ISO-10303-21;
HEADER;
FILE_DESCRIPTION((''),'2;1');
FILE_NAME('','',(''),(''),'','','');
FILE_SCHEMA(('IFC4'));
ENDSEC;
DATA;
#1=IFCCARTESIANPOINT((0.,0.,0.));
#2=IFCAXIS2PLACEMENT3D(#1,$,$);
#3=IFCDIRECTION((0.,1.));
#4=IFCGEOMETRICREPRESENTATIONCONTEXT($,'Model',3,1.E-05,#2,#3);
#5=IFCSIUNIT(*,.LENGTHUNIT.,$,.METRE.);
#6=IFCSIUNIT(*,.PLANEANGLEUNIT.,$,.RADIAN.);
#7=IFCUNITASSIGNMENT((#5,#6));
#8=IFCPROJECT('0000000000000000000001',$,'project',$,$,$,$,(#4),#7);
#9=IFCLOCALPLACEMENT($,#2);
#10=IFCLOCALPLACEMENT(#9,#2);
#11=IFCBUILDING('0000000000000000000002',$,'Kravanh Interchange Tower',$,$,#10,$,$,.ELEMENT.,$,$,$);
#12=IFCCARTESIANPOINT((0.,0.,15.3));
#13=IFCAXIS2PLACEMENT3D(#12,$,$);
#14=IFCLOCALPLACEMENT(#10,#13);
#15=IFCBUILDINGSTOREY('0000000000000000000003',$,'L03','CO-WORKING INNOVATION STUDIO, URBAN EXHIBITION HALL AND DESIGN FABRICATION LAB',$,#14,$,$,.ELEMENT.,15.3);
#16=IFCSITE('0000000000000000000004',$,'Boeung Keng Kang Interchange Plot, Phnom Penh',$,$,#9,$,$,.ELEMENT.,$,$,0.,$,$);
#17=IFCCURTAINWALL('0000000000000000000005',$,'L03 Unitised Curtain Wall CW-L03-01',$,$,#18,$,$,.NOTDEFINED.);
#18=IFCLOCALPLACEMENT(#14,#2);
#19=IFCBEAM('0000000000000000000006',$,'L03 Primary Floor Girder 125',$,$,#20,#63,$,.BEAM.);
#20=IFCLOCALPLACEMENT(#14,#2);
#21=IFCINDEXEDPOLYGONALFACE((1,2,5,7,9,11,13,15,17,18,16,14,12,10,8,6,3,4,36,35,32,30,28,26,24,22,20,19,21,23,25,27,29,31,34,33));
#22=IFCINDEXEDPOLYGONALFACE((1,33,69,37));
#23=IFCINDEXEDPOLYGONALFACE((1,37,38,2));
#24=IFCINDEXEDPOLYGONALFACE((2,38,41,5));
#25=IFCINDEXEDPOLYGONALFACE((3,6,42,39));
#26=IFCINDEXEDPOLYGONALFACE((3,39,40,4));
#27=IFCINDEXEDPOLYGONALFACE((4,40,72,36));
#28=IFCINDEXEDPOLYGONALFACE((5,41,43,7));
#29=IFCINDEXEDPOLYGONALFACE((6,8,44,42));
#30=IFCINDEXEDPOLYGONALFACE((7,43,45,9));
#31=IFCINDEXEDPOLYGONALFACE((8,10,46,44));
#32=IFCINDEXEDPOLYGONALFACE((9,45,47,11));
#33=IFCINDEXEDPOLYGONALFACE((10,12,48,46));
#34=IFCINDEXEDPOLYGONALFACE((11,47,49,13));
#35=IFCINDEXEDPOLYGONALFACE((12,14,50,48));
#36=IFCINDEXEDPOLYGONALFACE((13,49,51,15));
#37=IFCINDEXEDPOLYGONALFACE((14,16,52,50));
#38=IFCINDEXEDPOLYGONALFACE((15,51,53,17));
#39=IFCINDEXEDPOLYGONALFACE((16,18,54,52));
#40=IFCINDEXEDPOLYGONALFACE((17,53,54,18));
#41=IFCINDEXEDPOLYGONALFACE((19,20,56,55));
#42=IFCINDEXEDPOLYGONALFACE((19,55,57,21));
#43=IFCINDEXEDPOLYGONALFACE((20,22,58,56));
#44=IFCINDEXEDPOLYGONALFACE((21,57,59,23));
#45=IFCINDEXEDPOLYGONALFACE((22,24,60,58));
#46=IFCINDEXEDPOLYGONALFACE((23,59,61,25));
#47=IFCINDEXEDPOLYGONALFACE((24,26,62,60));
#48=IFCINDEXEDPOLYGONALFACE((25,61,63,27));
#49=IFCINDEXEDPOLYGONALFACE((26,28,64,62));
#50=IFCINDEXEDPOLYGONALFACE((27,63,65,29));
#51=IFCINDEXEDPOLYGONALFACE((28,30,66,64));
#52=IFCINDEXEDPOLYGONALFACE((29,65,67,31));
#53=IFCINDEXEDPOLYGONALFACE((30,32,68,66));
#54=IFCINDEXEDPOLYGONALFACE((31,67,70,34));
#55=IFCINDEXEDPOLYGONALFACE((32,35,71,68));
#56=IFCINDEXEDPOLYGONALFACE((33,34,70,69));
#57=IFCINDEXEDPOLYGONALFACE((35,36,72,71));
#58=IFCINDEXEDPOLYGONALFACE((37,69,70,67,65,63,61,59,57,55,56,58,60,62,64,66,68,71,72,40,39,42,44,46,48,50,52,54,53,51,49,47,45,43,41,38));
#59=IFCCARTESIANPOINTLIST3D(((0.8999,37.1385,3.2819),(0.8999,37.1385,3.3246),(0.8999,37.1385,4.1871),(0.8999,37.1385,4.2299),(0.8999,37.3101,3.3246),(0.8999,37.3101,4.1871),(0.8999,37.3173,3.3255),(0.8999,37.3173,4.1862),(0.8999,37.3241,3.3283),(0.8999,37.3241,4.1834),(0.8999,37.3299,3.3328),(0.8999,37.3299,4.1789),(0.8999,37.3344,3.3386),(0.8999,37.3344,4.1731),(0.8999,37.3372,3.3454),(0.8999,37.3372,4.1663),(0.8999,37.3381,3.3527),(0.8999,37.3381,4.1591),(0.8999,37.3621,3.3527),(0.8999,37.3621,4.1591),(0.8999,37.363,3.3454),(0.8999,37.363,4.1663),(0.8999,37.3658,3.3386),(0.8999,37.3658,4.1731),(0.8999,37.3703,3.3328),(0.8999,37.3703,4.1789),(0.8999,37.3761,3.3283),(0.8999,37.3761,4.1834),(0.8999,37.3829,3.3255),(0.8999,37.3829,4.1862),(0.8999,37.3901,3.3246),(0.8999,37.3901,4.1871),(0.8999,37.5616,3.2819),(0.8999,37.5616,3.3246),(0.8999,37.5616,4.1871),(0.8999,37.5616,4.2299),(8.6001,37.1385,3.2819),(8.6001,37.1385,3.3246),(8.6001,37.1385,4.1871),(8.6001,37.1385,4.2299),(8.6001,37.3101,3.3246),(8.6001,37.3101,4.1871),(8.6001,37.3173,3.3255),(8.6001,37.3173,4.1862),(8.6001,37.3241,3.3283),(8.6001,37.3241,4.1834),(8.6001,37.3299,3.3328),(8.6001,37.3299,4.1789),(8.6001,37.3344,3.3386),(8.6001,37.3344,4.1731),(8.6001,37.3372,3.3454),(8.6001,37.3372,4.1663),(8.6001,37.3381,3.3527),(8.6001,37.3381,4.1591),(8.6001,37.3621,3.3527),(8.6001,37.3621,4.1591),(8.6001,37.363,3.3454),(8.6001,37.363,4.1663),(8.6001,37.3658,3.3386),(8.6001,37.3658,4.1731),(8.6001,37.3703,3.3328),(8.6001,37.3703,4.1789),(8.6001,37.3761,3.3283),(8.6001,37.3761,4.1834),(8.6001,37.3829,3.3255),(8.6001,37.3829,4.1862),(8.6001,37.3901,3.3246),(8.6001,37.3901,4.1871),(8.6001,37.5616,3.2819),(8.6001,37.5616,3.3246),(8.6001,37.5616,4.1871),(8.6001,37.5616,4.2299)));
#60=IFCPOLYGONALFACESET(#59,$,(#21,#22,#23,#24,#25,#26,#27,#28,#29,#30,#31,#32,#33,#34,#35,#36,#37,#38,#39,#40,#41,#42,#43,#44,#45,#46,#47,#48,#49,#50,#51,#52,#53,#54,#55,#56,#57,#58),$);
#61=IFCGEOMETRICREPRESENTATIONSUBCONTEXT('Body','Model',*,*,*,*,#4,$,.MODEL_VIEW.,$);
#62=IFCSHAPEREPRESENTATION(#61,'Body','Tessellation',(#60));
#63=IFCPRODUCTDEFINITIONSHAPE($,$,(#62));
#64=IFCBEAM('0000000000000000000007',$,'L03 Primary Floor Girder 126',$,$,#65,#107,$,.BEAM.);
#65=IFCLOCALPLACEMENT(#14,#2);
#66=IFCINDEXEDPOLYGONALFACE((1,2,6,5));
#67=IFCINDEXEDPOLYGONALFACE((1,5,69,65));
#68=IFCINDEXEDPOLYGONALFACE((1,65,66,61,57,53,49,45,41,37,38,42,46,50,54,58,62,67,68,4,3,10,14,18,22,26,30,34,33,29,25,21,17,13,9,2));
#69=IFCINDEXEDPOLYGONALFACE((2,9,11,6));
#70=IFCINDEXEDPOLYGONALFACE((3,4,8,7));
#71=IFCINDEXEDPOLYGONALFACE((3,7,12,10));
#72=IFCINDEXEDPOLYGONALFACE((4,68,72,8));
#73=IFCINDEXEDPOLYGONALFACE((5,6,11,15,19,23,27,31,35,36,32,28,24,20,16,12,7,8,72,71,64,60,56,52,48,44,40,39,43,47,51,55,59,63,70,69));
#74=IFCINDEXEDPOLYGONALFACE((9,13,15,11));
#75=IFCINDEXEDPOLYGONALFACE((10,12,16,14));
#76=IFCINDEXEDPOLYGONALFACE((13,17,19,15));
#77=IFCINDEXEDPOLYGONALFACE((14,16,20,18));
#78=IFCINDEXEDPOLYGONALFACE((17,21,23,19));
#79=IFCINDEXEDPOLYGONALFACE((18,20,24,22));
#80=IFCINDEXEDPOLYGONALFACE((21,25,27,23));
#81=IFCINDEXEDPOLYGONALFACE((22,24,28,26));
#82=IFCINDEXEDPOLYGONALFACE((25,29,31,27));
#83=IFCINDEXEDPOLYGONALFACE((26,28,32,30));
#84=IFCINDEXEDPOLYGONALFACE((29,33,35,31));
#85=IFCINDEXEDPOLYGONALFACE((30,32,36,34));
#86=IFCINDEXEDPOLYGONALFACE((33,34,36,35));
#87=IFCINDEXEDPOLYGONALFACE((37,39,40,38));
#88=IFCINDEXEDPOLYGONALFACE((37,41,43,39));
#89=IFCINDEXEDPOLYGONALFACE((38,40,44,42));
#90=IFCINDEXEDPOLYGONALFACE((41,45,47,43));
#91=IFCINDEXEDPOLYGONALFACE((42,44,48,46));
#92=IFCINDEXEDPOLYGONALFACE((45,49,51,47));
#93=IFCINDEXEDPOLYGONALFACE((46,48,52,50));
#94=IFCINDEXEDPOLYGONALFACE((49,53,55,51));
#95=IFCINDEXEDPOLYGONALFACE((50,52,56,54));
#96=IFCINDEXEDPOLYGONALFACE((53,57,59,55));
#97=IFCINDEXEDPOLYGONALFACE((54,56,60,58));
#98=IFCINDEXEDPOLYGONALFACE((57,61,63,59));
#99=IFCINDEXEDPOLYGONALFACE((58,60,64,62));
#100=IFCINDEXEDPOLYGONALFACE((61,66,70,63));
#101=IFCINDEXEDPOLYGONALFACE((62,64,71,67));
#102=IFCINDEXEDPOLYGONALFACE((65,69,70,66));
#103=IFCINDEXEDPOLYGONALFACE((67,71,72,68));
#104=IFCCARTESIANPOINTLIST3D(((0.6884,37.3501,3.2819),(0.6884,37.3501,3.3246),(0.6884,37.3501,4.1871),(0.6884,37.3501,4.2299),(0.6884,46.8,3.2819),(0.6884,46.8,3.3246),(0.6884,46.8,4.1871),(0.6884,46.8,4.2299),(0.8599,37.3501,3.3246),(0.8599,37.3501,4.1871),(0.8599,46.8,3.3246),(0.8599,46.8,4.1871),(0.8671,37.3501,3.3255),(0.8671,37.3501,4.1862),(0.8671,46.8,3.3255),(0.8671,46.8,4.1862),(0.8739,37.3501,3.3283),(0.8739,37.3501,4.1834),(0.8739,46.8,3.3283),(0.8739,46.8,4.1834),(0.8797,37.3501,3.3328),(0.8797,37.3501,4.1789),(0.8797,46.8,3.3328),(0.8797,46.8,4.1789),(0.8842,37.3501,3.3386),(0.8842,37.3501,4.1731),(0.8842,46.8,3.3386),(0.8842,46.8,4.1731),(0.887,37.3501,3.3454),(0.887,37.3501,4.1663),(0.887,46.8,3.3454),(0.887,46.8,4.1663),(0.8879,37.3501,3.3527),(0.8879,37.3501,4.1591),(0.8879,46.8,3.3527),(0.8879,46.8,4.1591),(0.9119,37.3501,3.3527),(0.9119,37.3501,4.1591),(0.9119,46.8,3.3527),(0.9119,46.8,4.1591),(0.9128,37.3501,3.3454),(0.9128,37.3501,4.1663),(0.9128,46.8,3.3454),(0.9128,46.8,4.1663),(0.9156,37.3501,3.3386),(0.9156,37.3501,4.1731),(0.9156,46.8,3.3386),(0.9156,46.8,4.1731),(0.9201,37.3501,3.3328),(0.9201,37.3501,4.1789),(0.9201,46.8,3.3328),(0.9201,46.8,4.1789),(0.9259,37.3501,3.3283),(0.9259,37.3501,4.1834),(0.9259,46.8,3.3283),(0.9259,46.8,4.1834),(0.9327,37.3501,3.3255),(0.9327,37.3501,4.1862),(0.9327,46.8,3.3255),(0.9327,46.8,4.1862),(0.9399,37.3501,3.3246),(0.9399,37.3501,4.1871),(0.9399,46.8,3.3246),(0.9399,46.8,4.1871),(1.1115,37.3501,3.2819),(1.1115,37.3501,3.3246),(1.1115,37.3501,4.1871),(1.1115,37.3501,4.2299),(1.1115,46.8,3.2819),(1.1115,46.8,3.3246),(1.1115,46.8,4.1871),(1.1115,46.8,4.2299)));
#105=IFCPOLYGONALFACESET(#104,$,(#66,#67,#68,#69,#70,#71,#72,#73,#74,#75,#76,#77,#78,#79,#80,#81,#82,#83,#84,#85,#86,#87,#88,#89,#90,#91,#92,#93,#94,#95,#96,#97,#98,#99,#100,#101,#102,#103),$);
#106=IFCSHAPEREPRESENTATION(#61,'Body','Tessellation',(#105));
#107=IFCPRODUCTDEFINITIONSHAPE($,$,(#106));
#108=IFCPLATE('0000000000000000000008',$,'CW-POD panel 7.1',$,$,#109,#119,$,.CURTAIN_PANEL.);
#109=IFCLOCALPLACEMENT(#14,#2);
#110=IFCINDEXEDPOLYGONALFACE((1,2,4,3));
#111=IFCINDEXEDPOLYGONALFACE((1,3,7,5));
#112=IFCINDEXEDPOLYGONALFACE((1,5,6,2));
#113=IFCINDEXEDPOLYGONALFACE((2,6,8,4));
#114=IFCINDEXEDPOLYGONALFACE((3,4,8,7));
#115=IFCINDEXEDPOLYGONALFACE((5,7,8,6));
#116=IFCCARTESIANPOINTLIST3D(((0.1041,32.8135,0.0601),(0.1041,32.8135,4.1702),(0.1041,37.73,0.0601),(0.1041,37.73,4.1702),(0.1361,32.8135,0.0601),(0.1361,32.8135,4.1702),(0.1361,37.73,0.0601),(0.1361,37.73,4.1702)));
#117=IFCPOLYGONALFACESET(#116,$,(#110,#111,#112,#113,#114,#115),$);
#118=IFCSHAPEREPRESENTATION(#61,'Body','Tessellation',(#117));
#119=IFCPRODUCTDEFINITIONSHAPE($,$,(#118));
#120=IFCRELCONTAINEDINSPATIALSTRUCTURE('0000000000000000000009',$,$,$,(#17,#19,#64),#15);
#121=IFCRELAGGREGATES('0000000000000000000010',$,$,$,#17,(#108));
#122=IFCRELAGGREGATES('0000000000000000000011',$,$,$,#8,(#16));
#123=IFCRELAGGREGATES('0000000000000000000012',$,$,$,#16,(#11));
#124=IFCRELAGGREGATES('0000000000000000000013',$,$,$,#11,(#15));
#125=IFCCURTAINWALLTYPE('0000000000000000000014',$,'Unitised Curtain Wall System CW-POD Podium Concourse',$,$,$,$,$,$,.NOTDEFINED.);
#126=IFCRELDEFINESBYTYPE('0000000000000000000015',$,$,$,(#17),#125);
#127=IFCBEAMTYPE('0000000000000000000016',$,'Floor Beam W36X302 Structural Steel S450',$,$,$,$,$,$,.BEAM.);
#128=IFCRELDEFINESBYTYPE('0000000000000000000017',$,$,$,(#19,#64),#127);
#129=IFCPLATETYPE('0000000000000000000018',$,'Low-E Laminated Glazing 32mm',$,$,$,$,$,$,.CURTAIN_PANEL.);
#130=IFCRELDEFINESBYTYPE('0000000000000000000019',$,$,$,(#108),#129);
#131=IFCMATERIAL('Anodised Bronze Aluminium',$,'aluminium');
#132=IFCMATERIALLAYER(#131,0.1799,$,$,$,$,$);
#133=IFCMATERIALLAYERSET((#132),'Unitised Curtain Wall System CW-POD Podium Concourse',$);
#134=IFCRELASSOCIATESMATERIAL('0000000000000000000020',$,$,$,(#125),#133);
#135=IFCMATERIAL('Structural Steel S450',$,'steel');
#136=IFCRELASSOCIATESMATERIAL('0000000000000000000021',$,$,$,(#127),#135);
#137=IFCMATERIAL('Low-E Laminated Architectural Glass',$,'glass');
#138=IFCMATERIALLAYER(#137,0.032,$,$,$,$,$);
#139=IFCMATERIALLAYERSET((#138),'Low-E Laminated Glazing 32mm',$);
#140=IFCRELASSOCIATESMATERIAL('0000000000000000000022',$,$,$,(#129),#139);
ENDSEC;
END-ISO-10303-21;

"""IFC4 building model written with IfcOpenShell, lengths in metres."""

from ifc_helpers import new_model, si_unit, direction, frame, origin, origin_2d, place, context, subcontext, project, spatial, rectangle, i_section, extrude, material, layer, layer_set, material_profile, profile_set, type_object, element, aggregate, save


model = new_model("IFC4")

# Units and contexts
model_context = context("Model", 3, precision=1e-05, world=origin(), true_north=direction((0.0, 1.0)))
body_context = subcontext(model_context, "Body", "Model", "MODEL_VIEW")
ifc_project = project(units=[si_unit("LENGTHUNIT", "METRE"), si_unit("PLANEANGLEUNIT", "RADIAN")], contexts=[model_context])

# Site, building, storey
site_placement = place(None, origin())
site = spatial("IfcSite", under=ifc_project, at=site_placement, Name="Boeung Keng Kang Interchange Plot, Phnom Penh", CompositionType="ELEMENT", RefElevation=0.0)
building_placement = place(site_placement, origin())
building = spatial("IfcBuilding", under=site, at=building_placement, Name="Kravanh Interchange Tower", CompositionType="ELEMENT")
storey_placement = place(building_placement, frame((0.0, 0.0, 15.3)))
storey = spatial("IfcBuildingStorey", under=building, at=storey_placement, Name="L03", Description="CO-WORKING INNOVATION STUDIO, URBAN EXHIBITION HALL AND DESIGN FABRICATION LAB", CompositionType="ELEMENT", Elevation=15.3)

# Curtain wall
ifc_material_1 = material(Name="Anodised Bronze Aluminium", Category="aluminium")
ifc_layer_1 = layer(ifc_material_1, 0.1799)
ifc_layer_set_1 = layer_set([ifc_layer_1], Name="Unitised Curtain Wall System CW-POD Podium Concourse")
curtain_wall_type = type_object("IfcCurtainWallType", Name="Unitised Curtain Wall System CW-POD Podium Concourse", PredefinedType="NOTDEFINED", material=ifc_layer_set_1)
curtain_wall_placement = place(storey_placement, origin())
curtain_wall = element("IfcCurtainWall", 1, at=curtain_wall_placement, inside=storey, type_object=curtain_wall_type, Name="L03 Unitised Curtain Wall CW-L03-01", PredefinedType="NOTDEFINED")

# Beams
ifc_material_2 = material(Name="Structural Steel S450", Category="steel")
ifc_material_profile_1 = material_profile(ifc_material_2, i_section(OverallWidth=0.4231, OverallDepth=0.948, WebThickness=0.0239, FlangeThickness=0.0427, FilletRadius=0.0281, at=origin_2d()), Name="W36X302")
ifc_profile_set_1 = profile_set([ifc_material_profile_1], Name="Structural Steel S450")
beam_type = type_object("IfcBeamType", Name="Floor Beam W36X302 Structural Steel S450", PredefinedType="BEAM", material=ifc_profile_set_1)
beam_1_placement = place(storey_placement, frame((0.8999, 37.3501, 3.7559), z_axis=(1.0, 0.0, 0.0), x_axis=(0.0, 1.0, 0.0)))
element("IfcBeam", 2, at=beam_1_placement, inside=storey, type_object=beam_type, Name="L03 Primary Floor Girder 125", PredefinedType="BEAM", context=body_context, shape_type="SweptSolid", body=[
    extrude(i_section(OverallWidth=0.4231, OverallDepth=0.948, WebThickness=0.0239, FlangeThickness=0.0427, FilletRadius=0.0281, at=origin_2d()), origin(), (0.0, 0.0, 1.0), 7.7002),
])
beam_2_placement = place(storey_placement, frame((0.8999, 37.3501, 3.7559), z_axis=(0.0, 1.0, 0.0), x_axis=(-1.0, 0.0, 0.0)))
element("IfcBeam", 3, at=beam_2_placement, inside=storey, type_object=beam_type, Name="L03 Primary Floor Girder 126", PredefinedType="BEAM", context=body_context, shape_type="SweptSolid", body=[
    extrude(i_section(OverallWidth=0.4231, OverallDepth=0.948, WebThickness=0.0239, FlangeThickness=0.0427, FilletRadius=0.0281, at=origin_2d()), origin(), (0.0, 0.0, 1.0), 9.45),
])

# Plate
ifc_material_3 = material(Name="Low-E Laminated Architectural Glass", Category="glass")
ifc_layer_2 = layer(ifc_material_3, 0.032)
ifc_layer_set_2 = layer_set([ifc_layer_2], Name="Low-E Laminated Glazing 32mm")
plate_type = type_object("IfcPlateType", Name="Low-E Laminated Glazing 32mm", PredefinedType="CURTAIN_PANEL", material=ifc_layer_set_2)
plate_placement = place(storey_placement, frame((0.1201, 35.2717, 0.0601), z_axis=(0.0, 0.0, 1.0), x_axis=(0.0, 1.0, 0.0)))
plate = element("IfcPlate", 4, at=plate_placement, type_object=plate_type, Name="CW-POD panel 7.1", PredefinedType="CURTAIN_PANEL", context=body_context, shape_type="SweptSolid", body=[
    extrude(rectangle(XDim=4.9165, YDim=0.032, at=origin_2d()), origin(), (0.0, 0.0, 1.0), 4.1101),
])
aggregate(curtain_wall, [plate])

save(model, "model.ifc")
